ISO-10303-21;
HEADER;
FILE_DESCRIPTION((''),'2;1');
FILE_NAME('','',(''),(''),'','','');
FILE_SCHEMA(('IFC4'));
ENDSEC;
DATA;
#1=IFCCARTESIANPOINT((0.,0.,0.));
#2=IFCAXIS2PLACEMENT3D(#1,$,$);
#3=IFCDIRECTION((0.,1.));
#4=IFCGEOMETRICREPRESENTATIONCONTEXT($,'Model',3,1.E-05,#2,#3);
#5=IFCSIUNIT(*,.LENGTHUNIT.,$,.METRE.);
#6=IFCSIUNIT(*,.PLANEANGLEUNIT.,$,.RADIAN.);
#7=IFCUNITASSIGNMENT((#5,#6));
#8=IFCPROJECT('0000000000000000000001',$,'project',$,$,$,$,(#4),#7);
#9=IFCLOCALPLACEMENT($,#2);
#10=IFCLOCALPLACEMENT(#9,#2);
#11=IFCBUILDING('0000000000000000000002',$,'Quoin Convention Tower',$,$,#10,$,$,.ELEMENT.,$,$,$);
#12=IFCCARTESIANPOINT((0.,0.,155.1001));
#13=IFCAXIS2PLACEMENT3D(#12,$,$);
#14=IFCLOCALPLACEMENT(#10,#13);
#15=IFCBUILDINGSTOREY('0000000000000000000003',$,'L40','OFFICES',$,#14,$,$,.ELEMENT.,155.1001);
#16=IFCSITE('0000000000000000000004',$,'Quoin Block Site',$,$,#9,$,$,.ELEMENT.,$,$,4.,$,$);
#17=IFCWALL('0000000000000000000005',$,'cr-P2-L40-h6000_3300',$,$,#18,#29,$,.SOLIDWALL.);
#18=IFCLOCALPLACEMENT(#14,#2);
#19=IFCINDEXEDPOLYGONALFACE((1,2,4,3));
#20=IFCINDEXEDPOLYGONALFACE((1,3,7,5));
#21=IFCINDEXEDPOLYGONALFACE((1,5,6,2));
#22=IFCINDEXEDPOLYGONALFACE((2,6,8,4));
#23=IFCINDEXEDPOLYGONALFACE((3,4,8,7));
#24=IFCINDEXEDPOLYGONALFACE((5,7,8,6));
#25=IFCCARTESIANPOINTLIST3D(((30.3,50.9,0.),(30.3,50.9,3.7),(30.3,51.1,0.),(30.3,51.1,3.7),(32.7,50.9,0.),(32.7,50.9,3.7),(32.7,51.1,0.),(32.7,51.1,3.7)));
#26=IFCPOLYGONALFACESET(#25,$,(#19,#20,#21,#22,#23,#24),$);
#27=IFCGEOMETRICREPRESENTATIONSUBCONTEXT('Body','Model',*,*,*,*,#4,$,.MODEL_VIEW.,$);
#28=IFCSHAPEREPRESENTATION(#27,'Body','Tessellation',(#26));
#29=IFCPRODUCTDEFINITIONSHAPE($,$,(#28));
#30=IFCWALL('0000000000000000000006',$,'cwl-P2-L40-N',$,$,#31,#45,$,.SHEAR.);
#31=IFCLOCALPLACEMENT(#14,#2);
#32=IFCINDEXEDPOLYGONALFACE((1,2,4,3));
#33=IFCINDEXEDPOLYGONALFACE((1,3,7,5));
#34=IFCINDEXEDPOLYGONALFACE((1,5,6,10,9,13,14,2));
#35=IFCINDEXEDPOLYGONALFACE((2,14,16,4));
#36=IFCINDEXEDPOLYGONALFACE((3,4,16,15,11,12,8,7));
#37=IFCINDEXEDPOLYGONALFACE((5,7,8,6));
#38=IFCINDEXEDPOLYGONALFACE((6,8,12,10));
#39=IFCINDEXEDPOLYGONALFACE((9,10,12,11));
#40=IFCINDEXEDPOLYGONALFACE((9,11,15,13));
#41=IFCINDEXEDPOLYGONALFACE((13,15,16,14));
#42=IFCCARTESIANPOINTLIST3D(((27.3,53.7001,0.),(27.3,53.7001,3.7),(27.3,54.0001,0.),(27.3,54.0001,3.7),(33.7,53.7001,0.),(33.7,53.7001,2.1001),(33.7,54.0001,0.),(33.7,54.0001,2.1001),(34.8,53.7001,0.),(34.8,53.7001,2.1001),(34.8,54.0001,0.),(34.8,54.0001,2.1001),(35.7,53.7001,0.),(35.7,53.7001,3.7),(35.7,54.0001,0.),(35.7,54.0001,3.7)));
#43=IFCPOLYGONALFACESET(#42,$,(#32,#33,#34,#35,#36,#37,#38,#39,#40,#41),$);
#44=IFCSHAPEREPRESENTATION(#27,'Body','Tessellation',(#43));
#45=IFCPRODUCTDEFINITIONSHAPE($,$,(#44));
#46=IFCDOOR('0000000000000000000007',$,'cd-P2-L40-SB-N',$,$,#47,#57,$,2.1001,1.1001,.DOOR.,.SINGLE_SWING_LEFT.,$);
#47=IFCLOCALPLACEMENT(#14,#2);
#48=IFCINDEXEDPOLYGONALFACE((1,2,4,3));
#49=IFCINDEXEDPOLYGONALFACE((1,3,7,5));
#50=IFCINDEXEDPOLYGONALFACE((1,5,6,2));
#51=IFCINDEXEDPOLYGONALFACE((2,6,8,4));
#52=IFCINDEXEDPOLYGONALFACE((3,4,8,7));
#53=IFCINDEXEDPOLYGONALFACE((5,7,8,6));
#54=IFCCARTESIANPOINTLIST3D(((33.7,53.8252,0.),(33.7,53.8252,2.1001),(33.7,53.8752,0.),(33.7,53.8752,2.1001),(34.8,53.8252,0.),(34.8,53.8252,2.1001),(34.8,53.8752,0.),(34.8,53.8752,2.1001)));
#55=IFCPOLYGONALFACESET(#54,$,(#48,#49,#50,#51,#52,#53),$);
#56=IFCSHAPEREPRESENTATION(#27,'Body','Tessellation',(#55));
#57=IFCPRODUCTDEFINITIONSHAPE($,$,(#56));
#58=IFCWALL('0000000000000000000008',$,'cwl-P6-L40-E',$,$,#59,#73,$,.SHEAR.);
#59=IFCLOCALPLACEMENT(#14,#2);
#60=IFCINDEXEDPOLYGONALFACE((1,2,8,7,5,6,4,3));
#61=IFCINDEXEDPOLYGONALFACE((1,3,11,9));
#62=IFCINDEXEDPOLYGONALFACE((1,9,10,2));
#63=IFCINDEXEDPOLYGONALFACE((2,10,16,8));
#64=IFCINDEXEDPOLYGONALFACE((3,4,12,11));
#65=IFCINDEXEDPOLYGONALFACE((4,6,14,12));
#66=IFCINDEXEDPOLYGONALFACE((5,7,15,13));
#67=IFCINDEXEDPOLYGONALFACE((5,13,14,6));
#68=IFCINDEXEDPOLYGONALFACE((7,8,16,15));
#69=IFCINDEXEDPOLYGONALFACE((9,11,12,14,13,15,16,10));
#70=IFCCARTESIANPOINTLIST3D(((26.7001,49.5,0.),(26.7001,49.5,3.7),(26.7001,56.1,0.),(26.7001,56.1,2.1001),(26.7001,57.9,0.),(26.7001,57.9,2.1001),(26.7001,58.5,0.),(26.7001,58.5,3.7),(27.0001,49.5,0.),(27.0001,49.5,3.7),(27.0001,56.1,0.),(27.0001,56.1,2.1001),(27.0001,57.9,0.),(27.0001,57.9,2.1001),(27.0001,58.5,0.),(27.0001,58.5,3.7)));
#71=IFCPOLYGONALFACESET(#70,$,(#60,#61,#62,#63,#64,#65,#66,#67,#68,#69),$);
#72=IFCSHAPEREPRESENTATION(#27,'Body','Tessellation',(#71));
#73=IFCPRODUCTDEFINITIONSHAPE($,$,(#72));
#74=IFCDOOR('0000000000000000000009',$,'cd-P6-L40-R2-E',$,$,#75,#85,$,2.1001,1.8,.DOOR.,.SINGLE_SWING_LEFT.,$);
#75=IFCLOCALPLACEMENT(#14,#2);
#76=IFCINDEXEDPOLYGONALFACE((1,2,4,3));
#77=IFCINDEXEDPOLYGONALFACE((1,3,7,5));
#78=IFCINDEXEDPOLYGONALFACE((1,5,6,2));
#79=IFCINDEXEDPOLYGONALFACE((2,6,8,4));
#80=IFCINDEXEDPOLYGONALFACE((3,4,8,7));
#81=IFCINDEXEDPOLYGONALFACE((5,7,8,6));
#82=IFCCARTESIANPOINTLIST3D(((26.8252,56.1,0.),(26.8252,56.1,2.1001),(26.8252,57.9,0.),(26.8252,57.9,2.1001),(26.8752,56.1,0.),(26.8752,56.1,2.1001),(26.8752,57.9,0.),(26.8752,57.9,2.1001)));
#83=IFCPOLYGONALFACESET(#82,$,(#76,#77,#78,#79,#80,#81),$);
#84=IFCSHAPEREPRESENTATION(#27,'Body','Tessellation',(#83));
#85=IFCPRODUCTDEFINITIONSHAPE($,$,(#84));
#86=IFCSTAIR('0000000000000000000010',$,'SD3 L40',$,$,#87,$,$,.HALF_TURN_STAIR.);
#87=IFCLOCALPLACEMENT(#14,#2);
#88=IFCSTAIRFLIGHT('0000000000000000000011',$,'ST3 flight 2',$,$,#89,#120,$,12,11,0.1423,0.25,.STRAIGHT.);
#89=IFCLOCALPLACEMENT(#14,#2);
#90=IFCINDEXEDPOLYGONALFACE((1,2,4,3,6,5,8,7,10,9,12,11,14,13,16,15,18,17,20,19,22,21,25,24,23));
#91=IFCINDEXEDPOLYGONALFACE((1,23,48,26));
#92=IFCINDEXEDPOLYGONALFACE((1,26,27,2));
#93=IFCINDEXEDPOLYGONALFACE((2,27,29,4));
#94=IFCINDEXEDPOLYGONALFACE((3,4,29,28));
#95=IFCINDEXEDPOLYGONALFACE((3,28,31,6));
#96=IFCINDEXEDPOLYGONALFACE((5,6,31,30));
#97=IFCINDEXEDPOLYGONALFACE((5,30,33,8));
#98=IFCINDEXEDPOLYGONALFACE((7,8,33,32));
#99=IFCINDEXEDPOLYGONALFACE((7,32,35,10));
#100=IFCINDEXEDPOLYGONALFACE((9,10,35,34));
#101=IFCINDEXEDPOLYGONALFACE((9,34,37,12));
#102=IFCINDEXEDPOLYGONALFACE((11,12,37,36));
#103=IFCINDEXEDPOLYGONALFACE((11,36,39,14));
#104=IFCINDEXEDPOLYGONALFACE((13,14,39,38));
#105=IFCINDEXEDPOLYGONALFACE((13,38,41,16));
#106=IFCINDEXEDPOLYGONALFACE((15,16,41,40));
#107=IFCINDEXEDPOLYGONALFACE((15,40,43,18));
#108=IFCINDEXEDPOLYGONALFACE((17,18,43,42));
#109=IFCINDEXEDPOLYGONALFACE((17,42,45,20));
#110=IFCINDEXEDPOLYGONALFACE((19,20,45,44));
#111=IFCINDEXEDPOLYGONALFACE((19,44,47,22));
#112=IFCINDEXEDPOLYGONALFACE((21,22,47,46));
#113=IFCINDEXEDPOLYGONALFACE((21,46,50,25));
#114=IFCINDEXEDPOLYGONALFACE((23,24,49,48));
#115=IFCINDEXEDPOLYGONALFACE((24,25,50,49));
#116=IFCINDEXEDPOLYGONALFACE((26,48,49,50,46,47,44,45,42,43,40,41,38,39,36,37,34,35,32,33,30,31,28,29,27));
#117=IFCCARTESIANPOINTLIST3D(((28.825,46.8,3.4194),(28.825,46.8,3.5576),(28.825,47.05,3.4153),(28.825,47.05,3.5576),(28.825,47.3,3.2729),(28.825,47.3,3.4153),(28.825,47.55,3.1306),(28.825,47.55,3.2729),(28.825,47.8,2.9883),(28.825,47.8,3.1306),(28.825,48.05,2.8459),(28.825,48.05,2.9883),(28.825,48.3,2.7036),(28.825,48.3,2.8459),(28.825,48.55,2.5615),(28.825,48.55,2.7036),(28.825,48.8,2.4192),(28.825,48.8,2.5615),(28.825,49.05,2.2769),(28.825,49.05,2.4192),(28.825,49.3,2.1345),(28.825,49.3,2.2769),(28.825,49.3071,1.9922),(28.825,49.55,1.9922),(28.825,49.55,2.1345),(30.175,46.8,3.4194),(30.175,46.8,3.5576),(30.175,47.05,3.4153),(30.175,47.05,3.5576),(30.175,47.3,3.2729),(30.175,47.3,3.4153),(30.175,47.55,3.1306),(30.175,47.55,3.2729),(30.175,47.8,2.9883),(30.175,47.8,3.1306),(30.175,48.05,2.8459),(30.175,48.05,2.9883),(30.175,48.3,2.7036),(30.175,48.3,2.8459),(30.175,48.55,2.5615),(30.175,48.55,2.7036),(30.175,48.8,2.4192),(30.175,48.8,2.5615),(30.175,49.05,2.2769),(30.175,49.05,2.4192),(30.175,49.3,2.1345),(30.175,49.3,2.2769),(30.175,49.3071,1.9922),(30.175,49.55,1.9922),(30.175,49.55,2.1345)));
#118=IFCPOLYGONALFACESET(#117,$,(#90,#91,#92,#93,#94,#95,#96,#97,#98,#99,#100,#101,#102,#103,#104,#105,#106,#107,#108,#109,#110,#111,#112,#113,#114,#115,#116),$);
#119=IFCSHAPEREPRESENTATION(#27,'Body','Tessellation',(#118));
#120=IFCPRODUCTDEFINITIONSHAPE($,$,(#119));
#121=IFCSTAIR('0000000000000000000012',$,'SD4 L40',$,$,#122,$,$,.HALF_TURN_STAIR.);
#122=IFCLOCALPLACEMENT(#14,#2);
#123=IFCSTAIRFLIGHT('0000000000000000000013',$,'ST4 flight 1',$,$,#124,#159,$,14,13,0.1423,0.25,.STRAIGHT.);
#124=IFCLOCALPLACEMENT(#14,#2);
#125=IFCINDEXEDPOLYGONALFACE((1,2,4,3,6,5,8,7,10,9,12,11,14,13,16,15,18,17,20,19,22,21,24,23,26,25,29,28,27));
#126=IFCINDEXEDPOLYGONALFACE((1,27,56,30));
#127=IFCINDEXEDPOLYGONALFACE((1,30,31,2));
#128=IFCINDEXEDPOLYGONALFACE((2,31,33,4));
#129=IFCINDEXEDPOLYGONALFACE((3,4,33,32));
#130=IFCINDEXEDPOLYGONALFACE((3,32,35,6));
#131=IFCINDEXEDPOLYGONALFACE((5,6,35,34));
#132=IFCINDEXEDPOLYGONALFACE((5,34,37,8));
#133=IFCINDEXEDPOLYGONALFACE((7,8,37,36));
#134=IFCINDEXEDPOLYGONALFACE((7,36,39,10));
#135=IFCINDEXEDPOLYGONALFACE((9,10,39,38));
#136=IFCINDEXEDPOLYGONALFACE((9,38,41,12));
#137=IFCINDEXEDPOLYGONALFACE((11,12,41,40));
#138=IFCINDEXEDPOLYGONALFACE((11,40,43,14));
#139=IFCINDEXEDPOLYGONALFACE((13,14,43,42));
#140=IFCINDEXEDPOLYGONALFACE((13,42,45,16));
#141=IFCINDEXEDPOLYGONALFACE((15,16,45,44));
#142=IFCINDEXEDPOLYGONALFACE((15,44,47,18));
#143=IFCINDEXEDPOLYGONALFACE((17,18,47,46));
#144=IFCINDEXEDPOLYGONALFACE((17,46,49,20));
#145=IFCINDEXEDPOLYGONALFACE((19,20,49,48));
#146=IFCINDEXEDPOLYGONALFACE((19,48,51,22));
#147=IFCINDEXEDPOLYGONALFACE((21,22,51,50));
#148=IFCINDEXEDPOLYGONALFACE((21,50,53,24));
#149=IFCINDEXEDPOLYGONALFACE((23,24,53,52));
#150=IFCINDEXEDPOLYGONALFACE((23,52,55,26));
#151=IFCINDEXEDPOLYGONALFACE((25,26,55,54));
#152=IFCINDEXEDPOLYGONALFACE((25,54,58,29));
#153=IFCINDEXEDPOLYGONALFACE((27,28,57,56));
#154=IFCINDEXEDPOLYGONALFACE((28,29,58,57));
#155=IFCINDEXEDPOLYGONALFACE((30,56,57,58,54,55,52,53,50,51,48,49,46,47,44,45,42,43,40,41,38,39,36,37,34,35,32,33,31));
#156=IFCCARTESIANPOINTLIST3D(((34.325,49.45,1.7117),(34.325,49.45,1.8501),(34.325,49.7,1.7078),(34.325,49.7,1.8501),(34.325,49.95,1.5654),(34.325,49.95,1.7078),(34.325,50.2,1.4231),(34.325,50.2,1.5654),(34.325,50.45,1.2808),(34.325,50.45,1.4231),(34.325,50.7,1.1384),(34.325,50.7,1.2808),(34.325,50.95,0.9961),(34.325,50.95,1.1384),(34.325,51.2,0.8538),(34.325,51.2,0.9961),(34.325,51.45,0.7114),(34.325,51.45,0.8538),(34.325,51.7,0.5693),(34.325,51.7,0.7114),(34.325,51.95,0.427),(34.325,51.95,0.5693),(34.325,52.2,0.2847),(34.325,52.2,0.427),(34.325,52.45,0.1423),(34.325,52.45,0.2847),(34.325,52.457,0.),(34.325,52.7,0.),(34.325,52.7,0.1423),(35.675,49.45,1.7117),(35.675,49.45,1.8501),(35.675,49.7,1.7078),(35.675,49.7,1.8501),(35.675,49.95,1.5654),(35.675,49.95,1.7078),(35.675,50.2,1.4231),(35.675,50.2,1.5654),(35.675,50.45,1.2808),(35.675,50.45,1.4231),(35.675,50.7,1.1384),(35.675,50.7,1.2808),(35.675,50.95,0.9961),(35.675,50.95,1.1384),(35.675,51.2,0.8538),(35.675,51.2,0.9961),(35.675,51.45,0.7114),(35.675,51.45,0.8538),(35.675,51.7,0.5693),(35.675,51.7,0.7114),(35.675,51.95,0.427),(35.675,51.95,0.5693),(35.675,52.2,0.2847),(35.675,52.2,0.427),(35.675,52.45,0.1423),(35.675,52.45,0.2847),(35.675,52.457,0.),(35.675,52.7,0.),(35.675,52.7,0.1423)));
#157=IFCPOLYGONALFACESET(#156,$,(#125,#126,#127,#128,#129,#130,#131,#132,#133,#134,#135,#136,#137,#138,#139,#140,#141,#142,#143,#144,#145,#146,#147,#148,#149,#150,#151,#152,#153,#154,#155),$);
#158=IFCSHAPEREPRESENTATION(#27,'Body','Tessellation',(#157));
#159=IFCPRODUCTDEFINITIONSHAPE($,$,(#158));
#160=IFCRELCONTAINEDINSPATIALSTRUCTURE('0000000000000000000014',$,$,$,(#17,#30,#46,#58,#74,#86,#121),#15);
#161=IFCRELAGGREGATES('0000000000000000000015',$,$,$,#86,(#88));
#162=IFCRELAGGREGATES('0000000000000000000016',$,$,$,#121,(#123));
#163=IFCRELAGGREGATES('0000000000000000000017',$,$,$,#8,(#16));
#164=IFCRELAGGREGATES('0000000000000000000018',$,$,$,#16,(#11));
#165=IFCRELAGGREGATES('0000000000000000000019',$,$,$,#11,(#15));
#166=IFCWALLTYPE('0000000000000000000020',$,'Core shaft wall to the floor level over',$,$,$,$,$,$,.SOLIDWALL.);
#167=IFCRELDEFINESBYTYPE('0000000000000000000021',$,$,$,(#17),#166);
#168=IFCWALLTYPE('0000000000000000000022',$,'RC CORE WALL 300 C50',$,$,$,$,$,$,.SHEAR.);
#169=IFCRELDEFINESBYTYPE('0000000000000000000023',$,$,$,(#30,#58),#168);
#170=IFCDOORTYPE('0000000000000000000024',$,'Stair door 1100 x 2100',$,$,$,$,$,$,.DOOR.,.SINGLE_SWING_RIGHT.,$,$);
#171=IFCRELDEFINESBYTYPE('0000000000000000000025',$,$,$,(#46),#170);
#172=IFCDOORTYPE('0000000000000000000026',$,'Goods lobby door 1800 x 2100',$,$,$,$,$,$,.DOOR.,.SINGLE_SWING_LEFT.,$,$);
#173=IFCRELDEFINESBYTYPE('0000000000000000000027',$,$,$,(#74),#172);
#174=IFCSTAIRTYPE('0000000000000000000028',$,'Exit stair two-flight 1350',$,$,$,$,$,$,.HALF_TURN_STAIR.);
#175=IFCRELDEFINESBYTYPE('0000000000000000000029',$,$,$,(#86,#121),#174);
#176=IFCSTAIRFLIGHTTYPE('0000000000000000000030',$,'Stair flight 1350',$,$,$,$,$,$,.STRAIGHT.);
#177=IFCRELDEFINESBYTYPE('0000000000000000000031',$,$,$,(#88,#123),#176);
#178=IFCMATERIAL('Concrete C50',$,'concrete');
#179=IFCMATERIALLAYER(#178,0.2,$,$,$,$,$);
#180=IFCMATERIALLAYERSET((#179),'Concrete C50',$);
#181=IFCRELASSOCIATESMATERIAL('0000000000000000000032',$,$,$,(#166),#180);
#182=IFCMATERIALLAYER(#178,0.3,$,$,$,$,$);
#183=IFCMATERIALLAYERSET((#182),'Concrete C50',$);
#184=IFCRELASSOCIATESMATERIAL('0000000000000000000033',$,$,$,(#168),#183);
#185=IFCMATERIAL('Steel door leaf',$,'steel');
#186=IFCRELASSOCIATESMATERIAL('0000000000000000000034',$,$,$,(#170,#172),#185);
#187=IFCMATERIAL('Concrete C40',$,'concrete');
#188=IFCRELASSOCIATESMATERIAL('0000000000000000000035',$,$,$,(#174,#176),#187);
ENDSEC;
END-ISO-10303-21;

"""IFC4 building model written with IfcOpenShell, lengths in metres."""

from ifc_helpers import new_model, si_unit, direction, frame, frame_2d, origin, place, context, subcontext, project, spatial, polyline, rectangle, outline, extrude, material, layer, layer_set, type_object, element, fill, aggregate, save


model = new_model("IFC4")

# Units and contexts
model_context = context("Model", 3, precision=1e-05, world=origin(), true_north=direction((0.0, 1.0)))
body_context = subcontext(model_context, "Body", "Model", "MODEL_VIEW")
ifc_project = project(units=[si_unit("LENGTHUNIT", "METRE"), si_unit("PLANEANGLEUNIT", "RADIAN")], contexts=[model_context])

# Site, building, storey
site_placement = place(None, origin())
site = spatial("IfcSite", under=ifc_project, at=site_placement, Name="Quoin Block Site", CompositionType="ELEMENT", RefElevation=4.0)
building_placement = place(site_placement, origin())
building = spatial("IfcBuilding", under=site, at=building_placement, Name="Quoin Convention Tower", CompositionType="ELEMENT")
storey_placement = place(building_placement, frame((0.0, 0.0, 155.1001)))
storey = spatial("IfcBuildingStorey", under=building, at=storey_placement, Name="L40", Description="OFFICES", CompositionType="ELEMENT", Elevation=155.1001)

# Shared definitions
ifc_material_1 = material(Name="Concrete C50", Category="concrete")

# Wall
ifc_layer_1 = layer(ifc_material_1, 0.2)
ifc_layer_set_1 = layer_set([ifc_layer_1], Name="Concrete C50")
wall_type_1 = type_object("IfcWallType", Name="Core shaft wall to the floor level over", PredefinedType="SOLIDWALL", material=ifc_layer_set_1)
wall_1_placement = place(storey_placement, frame((30.3, 51.0, 0.0), z_axis=(0.0, 0.0, 1.0), x_axis=(1.0, 0.0, 0.0)))
element("IfcWall", 1, at=wall_1_placement, inside=storey, type_object=wall_type_1, Name="cr-P2-L40-h6000_3300", PredefinedType="SOLIDWALL", context=body_context, shape_type="SweptSolid", body=[
    extrude(rectangle(XDim=2.3999, YDim=0.2, at=frame_2d((1.2, 0.0))), origin(), (0.0, 0.0, 1.0), 3.7),
])

# Walls, openings, doors
ifc_layer_2 = layer(ifc_material_1, 0.3)
ifc_layer_set_2 = layer_set([ifc_layer_2], Name="Concrete C50")
wall_type_2 = type_object("IfcWallType", Name="RC CORE WALL 300 C50", PredefinedType="SHEAR", material=ifc_layer_set_2)
wall_2_placement = place(storey_placement, frame((27.3, 53.8501, 0.0), z_axis=(0.0, 0.0, 1.0), x_axis=(1.0, 0.0, 0.0)))
wall_2 = element("IfcWall", 2, at=wall_2_placement, inside=storey, type_object=wall_type_2, Name="cwl-P2-L40-N", PredefinedType="SHEAR", context=body_context, shape_type="SweptSolid", body=[
    extrude(rectangle(XDim=8.3999, YDim=0.3, at=frame_2d((4.2, 0.0))), origin(), (0.0, 0.0, 1.0), 3.7),
])
opening_1_placement = place(wall_2_placement, frame((6.3999, 0.0, 0.0)))
opening_1 = element("IfcOpeningElement", 3, at=opening_1_placement, cuts=wall_2, PredefinedType="OPENING", context=body_context, shape_type="SweptSolid", body=[
    extrude(rectangle(XDim=1.1001, YDim=2.1001, at=frame_2d((0.55, 1.05))), frame((0.0, 0.1599, 0.0), z_axis=(0.0, -1.0, 0.0), x_axis=(1.0, 0.0, 0.0)), (0.0, 0.0, 1.0), 0.3201),
])
ifc_material_2 = material(Name="Steel door leaf", Category="steel")
door_type_1 = type_object("IfcDoorType", Name="Stair door 1100 x 2100", OperationType="SINGLE_SWING_RIGHT", PredefinedType="DOOR", material=ifc_material_2)
door_1_placement = place(opening_1_placement, frame((1.1001, 0.0, 0.0), z_axis=(0.0, 0.0, 1.0), x_axis=(-1.0, 0.0, 0.0)))
door_1 = element("IfcDoor", 4, at=door_1_placement, inside=storey, type_object=door_type_1, Name="cd-P2-L40-SB-N", OperationType="SINGLE_SWING_LEFT", OverallHeight=2.1001, OverallWidth=1.1001, PredefinedType="DOOR", context=body_context, shape_type="SweptSolid", body=[
    extrude(rectangle(XDim=1.1001, YDim=2.1001, at=frame_2d((0.55, 1.05))), frame((0.0, 0.0249, 0.0), z_axis=(0.0, -1.0, 0.0), x_axis=(1.0, 0.0, 0.0)), (0.0, 0.0, 1.0), 0.05),
])
fill(opening_1, door_1)
wall_3_placement = place(storey_placement, frame((26.8501, 49.5, 0.0), z_axis=(0.0, 0.0, 1.0), x_axis=(0.0, 1.0, 0.0)))
wall_3 = element("IfcWall", 5, at=wall_3_placement, inside=storey, type_object=wall_type_2, Name="cwl-P6-L40-E", PredefinedType="SHEAR", context=body_context, shape_type="SweptSolid", body=[
    extrude(rectangle(XDim=9.0, YDim=0.3, at=frame_2d((4.5, 0.0))), origin(), (0.0, 0.0, 1.0), 3.7),
])
opening_2_placement = place(wall_3_placement, frame((6.6001, 0.0, 0.0)))
opening_2 = element("IfcOpeningElement", 6, at=opening_2_placement, cuts=wall_3, PredefinedType="OPENING", context=body_context, shape_type="SweptSolid", body=[
    extrude(rectangle(XDim=1.8, YDim=2.1001, at=frame_2d((0.8999, 1.05))), frame((0.0, 0.1599, 0.0), z_axis=(0.0, -1.0, 0.0), x_axis=(1.0, 0.0, 0.0)), (0.0, 0.0, 1.0), 0.3201),
])
door_type_2 = type_object("IfcDoorType", Name="Goods lobby door 1800 x 2100", OperationType="SINGLE_SWING_LEFT", PredefinedType="DOOR", material=ifc_material_2)
door_2_placement = place(opening_2_placement, origin())
door_2 = element("IfcDoor", 7, at=door_2_placement, inside=storey, type_object=door_type_2, Name="cd-P6-L40-R2-E", OperationType="SINGLE_SWING_LEFT", OverallHeight=2.1001, OverallWidth=1.8, PredefinedType="DOOR", context=body_context, shape_type="SweptSolid", body=[
    extrude(rectangle(XDim=1.8, YDim=2.1001, at=frame_2d((0.8999, 1.05))), frame((0.0, 0.0249, 0.0), z_axis=(0.0, -1.0, 0.0), x_axis=(1.0, 0.0, 0.0)), (0.0, 0.0, 1.0), 0.05),
])
fill(opening_2, door_2)

# Stair, stair flight
ifc_material_3 = material(Name="Concrete C40", Category="concrete")
stair_type_1 = type_object("IfcStairType", Name="Exit stair two-flight 1350", PredefinedType="HALF_TURN_STAIR", material=ifc_material_3)
stair_1_placement = place(storey_placement, origin())
stair_1 = element("IfcStair", 8, at=stair_1_placement, inside=storey, type_object=stair_type_1, Name="SD3 L40", PredefinedType="HALF_TURN_STAIR")
stair_flight_type_1 = type_object("IfcStairFlightType", Name="Stair flight 1350", PredefinedType="STRAIGHT", material=ifc_material_3)
stair_flight_1_placement = place(storey_placement, frame((29.5, 49.55, 1.9922), z_axis=(0.0, 0.0, 1.0), x_axis=(0.0, -1.0, 0.0)))
stair_flight_1 = element("IfcStairFlight", 9, at=stair_flight_1_placement, type_object=stair_flight_type_1, Name="ST3 flight 2", NumberOfRisers=12, NumberOfTreads=11, PredefinedType="STRAIGHT", RiserHeight=0.1423, TreadLength=0.25, context=body_context, shape_type="SweptSolid", body=[
    extrude(outline(polyline([(0.0, 0.0), (0.0, 0.1423), (0.25, 0.1423), (0.25, 0.2847), (0.5, 0.2847), (0.5, 0.427), (0.75, 0.427), (0.75, 0.5693), (1.0, 0.5693), (1.0, 0.7114), (1.25, 0.7114), (1.25, 0.8538), (1.5, 0.8538), (1.5, 0.9961), (1.75, 0.9961), (1.75, 1.1384), (2.0, 1.1384), (2.0, 1.2808), (2.25, 1.2808), (2.25, 1.4231), (2.5, 1.4231), (2.5, 1.5654), (2.75, 1.5654), (2.75, 1.7078), (2.75, 1.4272), (0.2429, 0.0), (0.0, 0.0)])), frame((0.0, 0.675, 0.0), z_axis=(0.0, -1.0, 0.0), x_axis=(1.0, 0.0, 0.0)), (0.0, 0.0, 1.0), 1.3501),
])
aggregate(stair_1, [stair_flight_1])

# Stair, stair flight
stair_2_placement = place(storey_placement, origin())
stair_2 = element("IfcStair", 10, at=stair_2_placement, inside=storey, type_object=stair_type_1, Name="SD4 L40", PredefinedType="HALF_TURN_STAIR")
stair_flight_2_placement = place(storey_placement, frame((35.0, 52.7, 0.0), z_axis=(0.0, 0.0, 1.0), x_axis=(0.0, -1.0, 0.0)))
stair_flight_2 = element("IfcStairFlight", 11, at=stair_flight_2_placement, type_object=stair_flight_type_1, Name="ST4 flight 1", NumberOfRisers=14, NumberOfTreads=13, PredefinedType="STRAIGHT", RiserHeight=0.1423, TreadLength=0.25, context=body_context, shape_type="SweptSolid", body=[
    extrude(outline(polyline([(0.0, 0.0), (0.0, 0.1423), (0.25, 0.1423), (0.25, 0.2847), (0.5, 0.2847), (0.5, 0.427), (0.75, 0.427), (0.75, 0.5693), (1.0, 0.5693), (1.0, 0.7114), (1.25, 0.7114), (1.25, 0.8538), (1.5, 0.8538), (1.5, 0.9961), (1.75, 0.9961), (1.75, 1.1384), (2.0, 1.1384), (2.0, 1.2808), (2.25, 1.2808), (2.25, 1.4231), (2.5, 1.4231), (2.5, 1.5654), (2.75, 1.5654), (2.75, 1.7078), (3.0, 1.7078), (3.0, 1.8501), (3.25, 1.8501), (3.25, 1.9922), (3.25, 1.7117), (0.2429, 0.0), (0.0, 0.0)])), frame((0.0, 0.675, 0.0), z_axis=(0.0, -1.0, 0.0), x_axis=(1.0, 0.0, 0.0)), (0.0, 0.0, 1.0), 1.3501),
])
aggregate(stair_2, [stair_flight_2])

save(model, "model.ifc")
